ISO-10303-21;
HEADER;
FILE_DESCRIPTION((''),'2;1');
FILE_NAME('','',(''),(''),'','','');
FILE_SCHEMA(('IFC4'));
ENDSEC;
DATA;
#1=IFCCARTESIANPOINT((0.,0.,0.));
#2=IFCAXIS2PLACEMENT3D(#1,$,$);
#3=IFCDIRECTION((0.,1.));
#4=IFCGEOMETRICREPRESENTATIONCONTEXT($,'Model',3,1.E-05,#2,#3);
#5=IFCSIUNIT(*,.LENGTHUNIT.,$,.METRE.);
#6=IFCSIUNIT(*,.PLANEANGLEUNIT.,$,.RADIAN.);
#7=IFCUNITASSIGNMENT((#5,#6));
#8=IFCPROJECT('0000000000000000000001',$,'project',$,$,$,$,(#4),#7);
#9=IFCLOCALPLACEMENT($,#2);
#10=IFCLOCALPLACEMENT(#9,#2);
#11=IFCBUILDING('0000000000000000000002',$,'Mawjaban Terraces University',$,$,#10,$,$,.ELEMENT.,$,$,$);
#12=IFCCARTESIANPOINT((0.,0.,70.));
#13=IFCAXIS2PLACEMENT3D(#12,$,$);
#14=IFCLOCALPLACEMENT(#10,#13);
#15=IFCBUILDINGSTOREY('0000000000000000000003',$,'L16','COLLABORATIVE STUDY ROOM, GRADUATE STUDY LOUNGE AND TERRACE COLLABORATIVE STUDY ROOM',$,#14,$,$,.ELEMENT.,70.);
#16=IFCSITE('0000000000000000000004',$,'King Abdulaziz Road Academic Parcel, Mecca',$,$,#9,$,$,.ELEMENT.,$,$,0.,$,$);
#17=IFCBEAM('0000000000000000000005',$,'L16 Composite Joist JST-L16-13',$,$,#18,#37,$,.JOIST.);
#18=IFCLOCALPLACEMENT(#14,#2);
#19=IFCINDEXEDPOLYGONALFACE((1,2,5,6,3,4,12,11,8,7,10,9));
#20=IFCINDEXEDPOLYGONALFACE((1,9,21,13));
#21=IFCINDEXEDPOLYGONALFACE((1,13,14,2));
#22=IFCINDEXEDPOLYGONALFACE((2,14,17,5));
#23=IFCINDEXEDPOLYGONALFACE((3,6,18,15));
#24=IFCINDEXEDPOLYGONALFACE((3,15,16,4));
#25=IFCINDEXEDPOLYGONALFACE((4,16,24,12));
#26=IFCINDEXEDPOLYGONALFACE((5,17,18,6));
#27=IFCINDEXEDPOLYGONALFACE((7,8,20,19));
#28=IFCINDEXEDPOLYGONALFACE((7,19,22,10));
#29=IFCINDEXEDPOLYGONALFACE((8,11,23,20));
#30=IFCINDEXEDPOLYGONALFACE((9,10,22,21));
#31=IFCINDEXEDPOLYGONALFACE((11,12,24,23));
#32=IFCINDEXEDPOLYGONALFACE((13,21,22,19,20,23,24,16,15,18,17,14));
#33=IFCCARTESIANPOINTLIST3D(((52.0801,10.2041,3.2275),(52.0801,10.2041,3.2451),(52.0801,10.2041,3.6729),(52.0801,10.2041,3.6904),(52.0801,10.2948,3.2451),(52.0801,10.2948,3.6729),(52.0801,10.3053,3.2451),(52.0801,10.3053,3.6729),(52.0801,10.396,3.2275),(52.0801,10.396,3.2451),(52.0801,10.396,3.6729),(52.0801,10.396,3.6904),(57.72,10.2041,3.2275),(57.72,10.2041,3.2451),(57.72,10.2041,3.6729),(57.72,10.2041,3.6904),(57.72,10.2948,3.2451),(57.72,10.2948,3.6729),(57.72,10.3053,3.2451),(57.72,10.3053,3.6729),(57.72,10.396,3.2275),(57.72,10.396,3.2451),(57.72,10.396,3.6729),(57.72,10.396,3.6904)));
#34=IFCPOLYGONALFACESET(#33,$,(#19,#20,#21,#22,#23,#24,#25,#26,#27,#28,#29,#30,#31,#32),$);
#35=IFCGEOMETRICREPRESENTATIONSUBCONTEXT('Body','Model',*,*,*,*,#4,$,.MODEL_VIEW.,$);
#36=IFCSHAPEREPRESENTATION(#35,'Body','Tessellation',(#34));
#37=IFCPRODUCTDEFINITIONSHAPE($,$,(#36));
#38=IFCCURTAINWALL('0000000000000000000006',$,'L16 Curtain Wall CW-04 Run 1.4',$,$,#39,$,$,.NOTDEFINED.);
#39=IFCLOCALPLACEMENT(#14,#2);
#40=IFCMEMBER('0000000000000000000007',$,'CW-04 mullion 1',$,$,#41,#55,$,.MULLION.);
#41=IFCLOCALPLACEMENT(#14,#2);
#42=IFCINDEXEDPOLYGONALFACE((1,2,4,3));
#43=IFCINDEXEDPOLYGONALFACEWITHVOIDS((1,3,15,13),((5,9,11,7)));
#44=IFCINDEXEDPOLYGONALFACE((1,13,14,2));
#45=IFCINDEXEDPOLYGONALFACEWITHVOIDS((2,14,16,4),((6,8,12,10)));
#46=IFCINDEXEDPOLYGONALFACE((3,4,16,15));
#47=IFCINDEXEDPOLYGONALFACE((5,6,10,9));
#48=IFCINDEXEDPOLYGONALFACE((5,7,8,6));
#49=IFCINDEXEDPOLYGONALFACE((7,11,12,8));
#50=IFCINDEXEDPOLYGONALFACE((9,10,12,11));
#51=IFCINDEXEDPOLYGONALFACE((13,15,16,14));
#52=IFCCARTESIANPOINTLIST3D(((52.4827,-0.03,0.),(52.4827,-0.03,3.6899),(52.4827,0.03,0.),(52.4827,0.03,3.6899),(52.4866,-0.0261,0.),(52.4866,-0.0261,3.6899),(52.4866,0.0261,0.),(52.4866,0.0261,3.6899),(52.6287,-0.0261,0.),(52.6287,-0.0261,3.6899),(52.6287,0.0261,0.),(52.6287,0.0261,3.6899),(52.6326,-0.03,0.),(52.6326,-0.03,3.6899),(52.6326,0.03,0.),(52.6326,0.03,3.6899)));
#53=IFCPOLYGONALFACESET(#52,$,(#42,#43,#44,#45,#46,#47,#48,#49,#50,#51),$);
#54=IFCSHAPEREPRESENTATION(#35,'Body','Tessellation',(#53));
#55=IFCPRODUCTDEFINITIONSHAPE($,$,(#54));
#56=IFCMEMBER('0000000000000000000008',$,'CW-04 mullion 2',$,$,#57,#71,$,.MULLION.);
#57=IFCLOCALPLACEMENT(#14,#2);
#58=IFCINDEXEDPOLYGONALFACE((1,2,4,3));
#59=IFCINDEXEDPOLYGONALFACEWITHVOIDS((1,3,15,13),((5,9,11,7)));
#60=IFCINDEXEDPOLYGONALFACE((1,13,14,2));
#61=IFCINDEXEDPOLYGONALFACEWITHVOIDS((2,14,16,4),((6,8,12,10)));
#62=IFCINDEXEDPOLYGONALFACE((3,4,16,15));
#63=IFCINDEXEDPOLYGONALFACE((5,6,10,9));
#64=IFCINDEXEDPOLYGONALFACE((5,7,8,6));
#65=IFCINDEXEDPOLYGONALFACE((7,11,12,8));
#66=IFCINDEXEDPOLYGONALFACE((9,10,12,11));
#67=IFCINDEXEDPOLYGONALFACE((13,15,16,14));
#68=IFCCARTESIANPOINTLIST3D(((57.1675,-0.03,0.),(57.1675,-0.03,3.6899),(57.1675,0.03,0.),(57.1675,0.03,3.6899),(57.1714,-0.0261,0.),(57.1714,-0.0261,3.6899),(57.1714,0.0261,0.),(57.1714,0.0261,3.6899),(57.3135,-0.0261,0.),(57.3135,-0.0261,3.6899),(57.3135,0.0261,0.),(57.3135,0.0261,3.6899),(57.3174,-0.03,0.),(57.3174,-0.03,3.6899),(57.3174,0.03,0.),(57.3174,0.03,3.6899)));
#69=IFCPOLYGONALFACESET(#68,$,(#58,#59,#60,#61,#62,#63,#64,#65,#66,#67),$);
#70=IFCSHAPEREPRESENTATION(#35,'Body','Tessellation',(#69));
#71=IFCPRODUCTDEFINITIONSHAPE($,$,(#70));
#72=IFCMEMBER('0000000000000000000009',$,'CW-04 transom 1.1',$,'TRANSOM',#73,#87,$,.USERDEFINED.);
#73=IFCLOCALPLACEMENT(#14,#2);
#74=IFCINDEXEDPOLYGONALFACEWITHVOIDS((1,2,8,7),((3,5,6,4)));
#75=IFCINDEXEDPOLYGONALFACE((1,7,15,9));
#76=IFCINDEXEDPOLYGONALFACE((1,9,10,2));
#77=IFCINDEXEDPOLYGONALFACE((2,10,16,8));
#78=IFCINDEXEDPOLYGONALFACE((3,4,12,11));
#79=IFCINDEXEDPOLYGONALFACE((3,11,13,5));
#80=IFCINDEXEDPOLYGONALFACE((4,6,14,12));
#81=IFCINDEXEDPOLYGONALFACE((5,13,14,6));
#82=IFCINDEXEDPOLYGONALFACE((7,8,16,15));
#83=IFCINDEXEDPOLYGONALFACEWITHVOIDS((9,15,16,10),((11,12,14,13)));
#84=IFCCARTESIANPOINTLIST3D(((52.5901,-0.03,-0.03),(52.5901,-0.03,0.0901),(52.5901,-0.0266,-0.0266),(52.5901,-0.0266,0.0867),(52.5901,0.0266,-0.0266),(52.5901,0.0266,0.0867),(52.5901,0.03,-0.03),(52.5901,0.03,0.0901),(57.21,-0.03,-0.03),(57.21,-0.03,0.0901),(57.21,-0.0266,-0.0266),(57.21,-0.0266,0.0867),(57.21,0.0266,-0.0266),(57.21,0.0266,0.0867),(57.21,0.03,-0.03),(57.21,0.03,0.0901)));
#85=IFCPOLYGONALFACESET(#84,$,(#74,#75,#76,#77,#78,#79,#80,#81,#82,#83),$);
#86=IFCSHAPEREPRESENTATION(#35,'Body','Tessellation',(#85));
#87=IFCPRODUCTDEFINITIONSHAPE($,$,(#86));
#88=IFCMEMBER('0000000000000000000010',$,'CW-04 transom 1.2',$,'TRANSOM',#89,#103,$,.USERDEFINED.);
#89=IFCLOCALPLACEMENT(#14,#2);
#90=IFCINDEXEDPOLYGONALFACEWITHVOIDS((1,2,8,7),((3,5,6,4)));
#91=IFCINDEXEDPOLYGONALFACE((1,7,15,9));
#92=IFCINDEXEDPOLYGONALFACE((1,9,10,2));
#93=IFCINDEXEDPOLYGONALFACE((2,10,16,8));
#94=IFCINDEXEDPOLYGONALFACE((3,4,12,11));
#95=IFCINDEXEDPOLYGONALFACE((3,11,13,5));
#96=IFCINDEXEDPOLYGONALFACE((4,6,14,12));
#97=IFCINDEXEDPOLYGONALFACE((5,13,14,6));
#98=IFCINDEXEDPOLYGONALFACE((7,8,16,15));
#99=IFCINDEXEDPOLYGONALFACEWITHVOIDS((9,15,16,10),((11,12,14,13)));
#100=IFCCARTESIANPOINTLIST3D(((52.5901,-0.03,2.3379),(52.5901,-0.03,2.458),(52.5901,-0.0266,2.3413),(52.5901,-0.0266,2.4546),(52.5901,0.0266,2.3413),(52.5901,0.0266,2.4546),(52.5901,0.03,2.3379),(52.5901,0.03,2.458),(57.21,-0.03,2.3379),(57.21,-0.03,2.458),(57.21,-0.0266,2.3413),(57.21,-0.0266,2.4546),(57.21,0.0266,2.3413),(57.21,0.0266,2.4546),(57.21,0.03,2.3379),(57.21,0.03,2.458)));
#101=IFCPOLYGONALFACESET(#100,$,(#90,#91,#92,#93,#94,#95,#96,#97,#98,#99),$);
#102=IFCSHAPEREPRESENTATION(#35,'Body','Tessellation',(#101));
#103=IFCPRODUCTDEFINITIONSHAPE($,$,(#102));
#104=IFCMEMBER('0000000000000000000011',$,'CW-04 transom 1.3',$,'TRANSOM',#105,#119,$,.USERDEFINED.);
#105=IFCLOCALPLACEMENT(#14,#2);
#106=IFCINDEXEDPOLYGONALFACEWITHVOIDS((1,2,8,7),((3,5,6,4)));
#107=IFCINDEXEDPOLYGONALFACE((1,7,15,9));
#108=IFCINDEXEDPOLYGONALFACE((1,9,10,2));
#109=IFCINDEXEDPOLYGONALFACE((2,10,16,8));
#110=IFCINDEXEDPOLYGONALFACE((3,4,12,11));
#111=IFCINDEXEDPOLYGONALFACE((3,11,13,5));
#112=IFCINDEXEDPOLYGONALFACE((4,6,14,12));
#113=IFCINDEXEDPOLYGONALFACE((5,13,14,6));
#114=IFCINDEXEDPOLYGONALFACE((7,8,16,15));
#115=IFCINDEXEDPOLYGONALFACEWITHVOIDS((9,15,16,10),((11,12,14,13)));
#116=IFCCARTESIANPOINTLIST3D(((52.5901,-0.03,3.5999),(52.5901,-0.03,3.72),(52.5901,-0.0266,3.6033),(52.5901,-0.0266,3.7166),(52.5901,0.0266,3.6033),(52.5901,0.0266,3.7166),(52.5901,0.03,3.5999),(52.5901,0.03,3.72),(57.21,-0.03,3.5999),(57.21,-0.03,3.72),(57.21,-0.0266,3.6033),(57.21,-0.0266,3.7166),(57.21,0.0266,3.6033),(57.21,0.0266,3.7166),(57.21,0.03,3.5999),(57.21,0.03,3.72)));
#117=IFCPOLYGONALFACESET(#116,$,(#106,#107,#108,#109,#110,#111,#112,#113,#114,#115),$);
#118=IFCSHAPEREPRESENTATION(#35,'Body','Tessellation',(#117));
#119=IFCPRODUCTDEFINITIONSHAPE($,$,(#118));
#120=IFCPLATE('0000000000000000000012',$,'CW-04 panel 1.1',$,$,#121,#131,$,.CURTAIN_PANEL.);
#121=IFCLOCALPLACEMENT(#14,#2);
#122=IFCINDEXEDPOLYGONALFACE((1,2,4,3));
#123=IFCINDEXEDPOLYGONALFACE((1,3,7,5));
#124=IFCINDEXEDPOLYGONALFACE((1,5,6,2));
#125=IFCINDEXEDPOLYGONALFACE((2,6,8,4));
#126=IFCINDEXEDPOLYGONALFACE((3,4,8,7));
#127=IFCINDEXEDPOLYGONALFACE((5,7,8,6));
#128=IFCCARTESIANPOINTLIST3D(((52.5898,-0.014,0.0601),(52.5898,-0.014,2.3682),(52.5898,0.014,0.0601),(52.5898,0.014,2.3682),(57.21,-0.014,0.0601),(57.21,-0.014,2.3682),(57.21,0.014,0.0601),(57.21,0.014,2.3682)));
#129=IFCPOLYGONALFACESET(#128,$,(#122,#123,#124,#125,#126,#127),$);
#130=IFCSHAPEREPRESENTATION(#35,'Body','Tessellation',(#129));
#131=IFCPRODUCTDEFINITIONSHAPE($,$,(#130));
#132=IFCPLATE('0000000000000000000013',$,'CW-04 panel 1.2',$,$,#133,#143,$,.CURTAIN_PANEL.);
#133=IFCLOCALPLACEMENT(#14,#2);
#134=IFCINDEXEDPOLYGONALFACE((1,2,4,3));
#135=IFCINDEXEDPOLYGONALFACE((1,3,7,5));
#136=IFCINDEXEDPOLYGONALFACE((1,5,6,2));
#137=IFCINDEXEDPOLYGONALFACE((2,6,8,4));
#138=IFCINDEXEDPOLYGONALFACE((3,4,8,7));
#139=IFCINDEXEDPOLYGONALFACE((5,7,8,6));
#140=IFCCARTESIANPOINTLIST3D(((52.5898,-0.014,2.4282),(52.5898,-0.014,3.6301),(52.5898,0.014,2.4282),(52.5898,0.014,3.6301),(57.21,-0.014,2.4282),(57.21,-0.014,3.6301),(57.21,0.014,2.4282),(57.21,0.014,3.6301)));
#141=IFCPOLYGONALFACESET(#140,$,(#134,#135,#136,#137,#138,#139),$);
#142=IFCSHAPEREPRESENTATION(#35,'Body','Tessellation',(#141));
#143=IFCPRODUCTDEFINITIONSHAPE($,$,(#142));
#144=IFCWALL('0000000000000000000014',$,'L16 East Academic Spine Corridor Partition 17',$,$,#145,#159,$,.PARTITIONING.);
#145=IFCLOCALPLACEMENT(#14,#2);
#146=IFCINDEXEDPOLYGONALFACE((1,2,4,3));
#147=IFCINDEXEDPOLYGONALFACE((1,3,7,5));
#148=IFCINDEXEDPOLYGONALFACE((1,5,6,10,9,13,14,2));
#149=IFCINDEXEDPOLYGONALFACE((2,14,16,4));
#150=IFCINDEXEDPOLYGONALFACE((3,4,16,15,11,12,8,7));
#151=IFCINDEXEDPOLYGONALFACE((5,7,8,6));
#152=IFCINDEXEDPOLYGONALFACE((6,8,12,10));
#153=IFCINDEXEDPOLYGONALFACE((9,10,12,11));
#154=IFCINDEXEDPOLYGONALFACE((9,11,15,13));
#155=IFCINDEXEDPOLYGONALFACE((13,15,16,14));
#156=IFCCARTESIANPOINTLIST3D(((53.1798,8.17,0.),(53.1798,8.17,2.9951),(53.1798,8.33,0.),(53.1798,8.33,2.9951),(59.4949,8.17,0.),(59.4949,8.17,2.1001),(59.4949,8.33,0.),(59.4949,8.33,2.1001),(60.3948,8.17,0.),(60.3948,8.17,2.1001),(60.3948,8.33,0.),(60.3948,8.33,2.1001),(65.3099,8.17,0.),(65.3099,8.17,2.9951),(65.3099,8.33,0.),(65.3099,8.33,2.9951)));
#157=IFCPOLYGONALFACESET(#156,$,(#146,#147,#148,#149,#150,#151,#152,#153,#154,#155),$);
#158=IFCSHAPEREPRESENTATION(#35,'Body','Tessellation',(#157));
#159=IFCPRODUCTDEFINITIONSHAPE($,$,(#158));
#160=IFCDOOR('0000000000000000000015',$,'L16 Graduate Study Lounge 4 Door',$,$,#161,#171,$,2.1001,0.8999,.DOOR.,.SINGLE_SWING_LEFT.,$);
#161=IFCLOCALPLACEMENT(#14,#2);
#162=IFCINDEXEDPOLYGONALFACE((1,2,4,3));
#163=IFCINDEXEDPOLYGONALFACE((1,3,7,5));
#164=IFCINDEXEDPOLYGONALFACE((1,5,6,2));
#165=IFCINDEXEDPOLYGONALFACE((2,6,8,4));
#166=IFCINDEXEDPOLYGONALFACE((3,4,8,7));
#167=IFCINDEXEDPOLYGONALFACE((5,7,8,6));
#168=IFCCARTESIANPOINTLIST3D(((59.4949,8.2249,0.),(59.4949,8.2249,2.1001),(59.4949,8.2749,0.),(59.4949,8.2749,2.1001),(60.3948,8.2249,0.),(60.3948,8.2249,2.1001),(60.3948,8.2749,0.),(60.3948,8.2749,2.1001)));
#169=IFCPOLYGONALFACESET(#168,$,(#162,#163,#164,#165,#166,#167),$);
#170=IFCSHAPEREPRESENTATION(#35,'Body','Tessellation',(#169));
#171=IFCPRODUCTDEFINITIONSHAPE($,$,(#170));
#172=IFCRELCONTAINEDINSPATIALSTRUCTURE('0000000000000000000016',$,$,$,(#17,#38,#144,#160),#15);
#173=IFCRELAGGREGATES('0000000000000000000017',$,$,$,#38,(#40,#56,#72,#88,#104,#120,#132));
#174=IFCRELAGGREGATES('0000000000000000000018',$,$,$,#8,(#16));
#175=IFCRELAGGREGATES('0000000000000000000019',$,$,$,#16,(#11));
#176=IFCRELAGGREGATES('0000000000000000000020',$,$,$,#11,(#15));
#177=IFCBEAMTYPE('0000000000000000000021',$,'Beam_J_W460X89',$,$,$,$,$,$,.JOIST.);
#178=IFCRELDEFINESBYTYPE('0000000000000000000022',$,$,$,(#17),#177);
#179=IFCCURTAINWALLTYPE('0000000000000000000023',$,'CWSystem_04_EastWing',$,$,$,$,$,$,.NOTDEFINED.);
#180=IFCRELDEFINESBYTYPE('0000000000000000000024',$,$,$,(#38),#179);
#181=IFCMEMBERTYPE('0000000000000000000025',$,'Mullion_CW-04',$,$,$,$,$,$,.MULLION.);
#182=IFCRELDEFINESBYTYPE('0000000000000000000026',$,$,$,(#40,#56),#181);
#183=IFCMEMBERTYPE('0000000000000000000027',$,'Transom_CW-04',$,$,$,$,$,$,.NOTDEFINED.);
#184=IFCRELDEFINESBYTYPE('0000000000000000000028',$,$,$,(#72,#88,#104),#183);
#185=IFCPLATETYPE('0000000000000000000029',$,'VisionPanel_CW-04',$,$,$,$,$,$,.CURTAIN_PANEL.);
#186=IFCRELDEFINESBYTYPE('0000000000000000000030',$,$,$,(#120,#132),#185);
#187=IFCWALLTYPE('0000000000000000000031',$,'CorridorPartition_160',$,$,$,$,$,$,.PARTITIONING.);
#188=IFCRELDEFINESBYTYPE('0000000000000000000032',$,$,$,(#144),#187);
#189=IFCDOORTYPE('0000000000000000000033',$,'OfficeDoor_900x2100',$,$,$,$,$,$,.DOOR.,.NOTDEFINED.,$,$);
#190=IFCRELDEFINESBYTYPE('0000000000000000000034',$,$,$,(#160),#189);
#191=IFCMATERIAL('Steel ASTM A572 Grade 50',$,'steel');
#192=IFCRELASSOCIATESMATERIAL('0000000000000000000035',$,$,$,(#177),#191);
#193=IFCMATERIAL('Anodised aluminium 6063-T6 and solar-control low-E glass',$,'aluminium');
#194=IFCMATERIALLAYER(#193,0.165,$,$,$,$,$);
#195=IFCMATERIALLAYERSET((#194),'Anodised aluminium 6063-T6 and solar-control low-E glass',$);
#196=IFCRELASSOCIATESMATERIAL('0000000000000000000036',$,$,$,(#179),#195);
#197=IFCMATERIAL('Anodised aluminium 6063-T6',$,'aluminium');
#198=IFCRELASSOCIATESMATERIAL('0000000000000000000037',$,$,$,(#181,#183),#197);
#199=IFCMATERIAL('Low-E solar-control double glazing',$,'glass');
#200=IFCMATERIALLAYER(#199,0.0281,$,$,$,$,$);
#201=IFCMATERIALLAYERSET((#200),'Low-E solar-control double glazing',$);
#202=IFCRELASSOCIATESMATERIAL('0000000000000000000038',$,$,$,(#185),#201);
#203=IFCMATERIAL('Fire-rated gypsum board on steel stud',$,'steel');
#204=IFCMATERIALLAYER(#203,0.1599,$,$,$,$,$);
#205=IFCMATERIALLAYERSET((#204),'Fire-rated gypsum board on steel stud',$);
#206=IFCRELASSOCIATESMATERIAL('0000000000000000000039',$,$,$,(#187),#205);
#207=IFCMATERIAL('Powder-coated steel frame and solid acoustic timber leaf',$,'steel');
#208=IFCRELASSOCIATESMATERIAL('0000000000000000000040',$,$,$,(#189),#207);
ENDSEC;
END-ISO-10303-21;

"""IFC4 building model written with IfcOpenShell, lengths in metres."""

from ifc_helpers import new_model, si_unit, direction, frame, frame_2d, origin, origin_2d, place, context, subcontext, project, spatial, rectangle, hollow_rectangle, i_section, extrude, material, layer, layer_set, material_profile, profile_set, type_object, element, fill, aggregate, save


model = new_model("IFC4")

# Units and contexts
model_context = context("Model", 3, precision=1e-05, world=origin(), true_north=direction((0.0, 1.0)))
body_context = subcontext(model_context, "Body", "Model", "MODEL_VIEW")
ifc_project = project(units=[si_unit("LENGTHUNIT", "METRE"), si_unit("PLANEANGLEUNIT", "RADIAN")], contexts=[model_context])

# Site, building, storey
site_placement = place(None, origin())
site = spatial("IfcSite", under=ifc_project, at=site_placement, Name="King Abdulaziz Road Academic Parcel, Mecca", CompositionType="ELEMENT", RefElevation=0.0)
building_placement = place(site_placement, origin())
building = spatial("IfcBuilding", under=site, at=building_placement, Name="Mawjaban Terraces University", CompositionType="ELEMENT")
storey_placement = place(building_placement, frame((0.0, 0.0, 70.0)))
storey = spatial("IfcBuildingStorey", under=building, at=storey_placement, Name="L16", Description="COLLABORATIVE STUDY ROOM, GRADUATE STUDY LOUNGE AND TERRACE COLLABORATIVE STUDY ROOM", CompositionType="ELEMENT", Elevation=70.0)

# Beam
ifc_material_1 = material(Name="Steel ASTM A572 Grade 50", Category="steel")
ifc_material_profile_1 = material_profile(ifc_material_1, i_section(OverallWidth=0.1919, OverallDepth=0.4629, WebThickness=0.0105, FlangeThickness=0.0176, at=origin_2d()), Name="W460X89")
ifc_profile_set_1 = profile_set([ifc_material_profile_1], Name="Steel ASTM A572 Grade 50")
beam_type_1 = type_object("IfcBeamType", Name="Beam_J_W460X89", PredefinedType="JOIST", material=ifc_profile_set_1)
for number, where, z_axis, x_axis, name in (
    (1, (52.0801, 10.3, 3.459), (1.0, 0.0, 0.0), (0.0, 1.0, 0.0), "L16 Composite Joist JST-L16-13"),
):
    element("IfcBeam", number, at=place(storey_placement, frame(where, z_axis=z_axis, x_axis=x_axis)), inside=storey, type_object=beam_type_1, Name=name, PredefinedType="JOIST", context=body_context, shape_type="SweptSolid", body=[
        extrude(i_section(OverallWidth=0.1919, OverallDepth=0.4629, WebThickness=0.0105, FlangeThickness=0.0176, at=origin_2d()), origin(), (0.0, 0.0, 1.0), 5.6399),
    ])

# Curtain wall, members, plates
ifc_material_2 = material(Name="Anodised aluminium 6063-T6 and solar-control low-E glass", Category="aluminium")
ifc_layer_1 = layer(ifc_material_2, 0.165)
ifc_layer_set_1 = layer_set([ifc_layer_1], Name="Anodised aluminium 6063-T6 and solar-control low-E glass")
curtain_wall_type = type_object("IfcCurtainWallType", Name="CWSystem_04_EastWing", PredefinedType="NOTDEFINED", material=ifc_layer_set_1)
curtain_wall_placement = place(storey_placement, origin())
curtain_wall = element("IfcCurtainWall", 2, at=curtain_wall_placement, inside=storey, type_object=curtain_wall_type, Name="L16 Curtain Wall CW-04 Run 1.4", PredefinedType="NOTDEFINED")
ifc_material_3 = material(Name="Anodised aluminium 6063-T6", Category="aluminium")
ifc_material_profile_2 = material_profile(ifc_material_3, hollow_rectangle(XDim=0.0601, YDim=0.1499, WallThickness=0.0039, at=origin_2d()), Name="ALU150X60X4")
ifc_profile_set_2 = profile_set([ifc_material_profile_2], Name="Anodised aluminium 6063-T6")
member_type_1 = type_object("IfcMemberType", Name="Mullion_CW-04", PredefinedType="MULLION", material=ifc_profile_set_2)
member_1_placement = place(storey_placement, frame((52.5576, 0.0, 0.0), z_axis=(0.0, 0.0, 1.0), x_axis=(0.0, 1.0, 0.0)))
member_1 = element("IfcMember", 3, at=member_1_placement, type_object=member_type_1, Name="CW-04 mullion 1", PredefinedType="MULLION", context=body_context, shape_type="SweptSolid", body=[
    extrude(hollow_rectangle(XDim=0.0601, YDim=0.1499, WallThickness=0.0039, at=origin_2d()), origin(), (0.0, 0.0, 1.0), 3.6899),
])
member_2_placement = place(storey_placement, frame((57.2424, 0.0, 0.0), z_axis=(0.0, 0.0, 1.0), x_axis=(0.0, 1.0, 0.0)))
member_2 = element("IfcMember", 4, at=member_2_placement, type_object=member_type_1, Name="CW-04 mullion 2", PredefinedType="MULLION", context=body_context, shape_type="SweptSolid", body=[
    extrude(hollow_rectangle(XDim=0.0601, YDim=0.1499, WallThickness=0.0039, at=origin_2d()), origin(), (0.0, 0.0, 1.0), 3.6899),
])
ifc_material_profile_3 = material_profile(ifc_material_3, hollow_rectangle(XDim=0.0601, YDim=0.1201, WallThickness=0.0034, at=origin_2d()), Name="ALU120X60X3.5")
ifc_profile_set_3 = profile_set([ifc_material_profile_3], Name="Anodised aluminium 6063-T6")
member_type_2 = type_object("IfcMemberType", Name="Transom_CW-04", PredefinedType="NOTDEFINED", material=ifc_profile_set_3)
member_3_placement = place(storey_placement, frame((52.5901, 0.0, 0.03), z_axis=(1.0, 0.0, 0.0), x_axis=(0.0, 1.0, 0.0)))
member_3 = element("IfcMember", 5, at=member_3_placement, type_object=member_type_2, Name="CW-04 transom 1.1", ObjectType="TRANSOM", PredefinedType="USERDEFINED", context=body_context, shape_type="SweptSolid", body=[
    extrude(hollow_rectangle(XDim=0.0601, YDim=0.1201, WallThickness=0.0034, at=origin_2d()), origin(), (0.0, 0.0, 1.0), 4.6199),
])
member_4_placement = place(storey_placement, frame((52.5901, 0.0, 2.3979), z_axis=(1.0, 0.0, 0.0), x_axis=(0.0, 1.0, 0.0)))
member_4 = element("IfcMember", 6, at=member_4_placement, type_object=member_type_2, Name="CW-04 transom 1.2", ObjectType="TRANSOM", PredefinedType="USERDEFINED", context=body_context, shape_type="SweptSolid", body=[
    extrude(hollow_rectangle(XDim=0.0601, YDim=0.1201, WallThickness=0.0034, at=origin_2d()), origin(), (0.0, 0.0, 1.0), 4.6199),
])
member_5_placement = place(storey_placement, frame((52.5901, 0.0, 3.6599), z_axis=(1.0, 0.0, 0.0), x_axis=(0.0, 1.0, 0.0)))
member_5 = element("IfcMember", 7, at=member_5_placement, type_object=member_type_2, Name="CW-04 transom 1.3", ObjectType="TRANSOM", PredefinedType="USERDEFINED", context=body_context, shape_type="SweptSolid", body=[
    extrude(hollow_rectangle(XDim=0.0601, YDim=0.1201, WallThickness=0.0034, at=origin_2d()), origin(), (0.0, 0.0, 1.0), 4.6199),
])
ifc_material_4 = material(Name="Low-E solar-control double glazing", Category="glass")
ifc_layer_2 = layer(ifc_material_4, 0.0281)
ifc_layer_set_2 = layer_set([ifc_layer_2], Name="Low-E solar-control double glazing")
plate_type = type_object("IfcPlateType", Name="VisionPanel_CW-04", PredefinedType="CURTAIN_PANEL", material=ifc_layer_set_2)
plate_1_placement = place(storey_placement, frame((54.8999, 0.0, 0.0601), z_axis=(0.0, 0.0, 1.0), x_axis=(1.0, 0.0, 0.0)))
plate_1 = element("IfcPlate", 8, at=plate_1_placement, type_object=plate_type, Name="CW-04 panel 1.1", PredefinedType="CURTAIN_PANEL", context=body_context, shape_type="SweptSolid", body=[
    extrude(rectangle(XDim=4.6201, YDim=0.0281, at=origin_2d()), origin(), (0.0, 0.0, 1.0), 2.3081),
])
plate_2_placement = place(storey_placement, frame((54.8999, 0.0, 2.4282), z_axis=(0.0, 0.0, 1.0), x_axis=(1.0, 0.0, 0.0)))
plate_2 = element("IfcPlate", 9, at=plate_2_placement, type_object=plate_type, Name="CW-04 panel 1.2", PredefinedType="CURTAIN_PANEL", context=body_context, shape_type="SweptSolid", body=[
    extrude(rectangle(XDim=4.6201, YDim=0.0281, at=origin_2d()), origin(), (0.0, 0.0, 1.0), 1.2019),
])
aggregate(curtain_wall, [member_1, member_2, member_3, member_4, member_5, plate_1, plate_2])

# Wall, opening, door
ifc_material_5 = material(Name="Fire-rated gypsum board on steel stud", Category="steel")
ifc_layer_3 = layer(ifc_material_5, 0.1599)
ifc_layer_set_3 = layer_set([ifc_layer_3], Name="Fire-rated gypsum board on steel stud")
wall_type_1 = type_object("IfcWallType", Name="CorridorPartition_160", PredefinedType="PARTITIONING", material=ifc_layer_set_3)
wall_1_placement = place(storey_placement, frame((53.1799, 8.25, 0.0), z_axis=(0.0, 0.0, 1.0), x_axis=(1.0, 0.0, 0.0)))
wall_1 = element("IfcWall", 10, at=wall_1_placement, inside=storey, type_object=wall_type_1, Name="L16 East Academic Spine Corridor Partition 17", PredefinedType="PARTITIONING", context=body_context, shape_type="SweptSolid", body=[
    extrude(rectangle(XDim=12.1301, YDim=0.1599, at=frame_2d((6.0649, 0.0))), origin(), (0.0, 0.0, 1.0), 2.9951),
])
opening_1_placement = place(wall_1_placement, frame((6.3149, 0.0, 0.0)))
opening_1 = element("IfcOpeningElement", 11, at=opening_1_placement, cuts=wall_1, PredefinedType="OPENING", context=body_context, shape_type="SweptSolid", body=[
    extrude(rectangle(XDim=0.8999, YDim=2.1001, at=frame_2d((0.45, 1.05))), frame((0.0, 0.0898, 0.0), z_axis=(0.0, -1.0, 0.0), x_axis=(1.0, 0.0, 0.0)), (0.0, 0.0, 1.0), 0.1799),
])
ifc_material_6 = material(Name="Powder-coated steel frame and solid acoustic timber leaf", Category="steel")
door_type = type_object("IfcDoorType", Name="OfficeDoor_900x2100", OperationType="NOTDEFINED", PredefinedType="DOOR", material=ifc_material_6)
door_1_placement = place(opening_1_placement, origin())
door_1 = element("IfcDoor", 12, at=door_1_placement, inside=storey, type_object=door_type, Name="L16 Graduate Study Lounge 4 Door", OperationType="SINGLE_SWING_LEFT", OverallHeight=2.1001, OverallWidth=0.8999, PredefinedType="DOOR", context=body_context, shape_type="SweptSolid", body=[
    extrude(rectangle(XDim=0.8999, YDim=2.1001, at=frame_2d((0.45, 1.05))), frame((0.0, 0.0249, 0.0), z_axis=(0.0, -1.0, 0.0), x_axis=(1.0, 0.0, 0.0)), (0.0, 0.0, 1.0), 0.05),
])
fill(opening_1, door_1)

save(model, "model.ifc")
